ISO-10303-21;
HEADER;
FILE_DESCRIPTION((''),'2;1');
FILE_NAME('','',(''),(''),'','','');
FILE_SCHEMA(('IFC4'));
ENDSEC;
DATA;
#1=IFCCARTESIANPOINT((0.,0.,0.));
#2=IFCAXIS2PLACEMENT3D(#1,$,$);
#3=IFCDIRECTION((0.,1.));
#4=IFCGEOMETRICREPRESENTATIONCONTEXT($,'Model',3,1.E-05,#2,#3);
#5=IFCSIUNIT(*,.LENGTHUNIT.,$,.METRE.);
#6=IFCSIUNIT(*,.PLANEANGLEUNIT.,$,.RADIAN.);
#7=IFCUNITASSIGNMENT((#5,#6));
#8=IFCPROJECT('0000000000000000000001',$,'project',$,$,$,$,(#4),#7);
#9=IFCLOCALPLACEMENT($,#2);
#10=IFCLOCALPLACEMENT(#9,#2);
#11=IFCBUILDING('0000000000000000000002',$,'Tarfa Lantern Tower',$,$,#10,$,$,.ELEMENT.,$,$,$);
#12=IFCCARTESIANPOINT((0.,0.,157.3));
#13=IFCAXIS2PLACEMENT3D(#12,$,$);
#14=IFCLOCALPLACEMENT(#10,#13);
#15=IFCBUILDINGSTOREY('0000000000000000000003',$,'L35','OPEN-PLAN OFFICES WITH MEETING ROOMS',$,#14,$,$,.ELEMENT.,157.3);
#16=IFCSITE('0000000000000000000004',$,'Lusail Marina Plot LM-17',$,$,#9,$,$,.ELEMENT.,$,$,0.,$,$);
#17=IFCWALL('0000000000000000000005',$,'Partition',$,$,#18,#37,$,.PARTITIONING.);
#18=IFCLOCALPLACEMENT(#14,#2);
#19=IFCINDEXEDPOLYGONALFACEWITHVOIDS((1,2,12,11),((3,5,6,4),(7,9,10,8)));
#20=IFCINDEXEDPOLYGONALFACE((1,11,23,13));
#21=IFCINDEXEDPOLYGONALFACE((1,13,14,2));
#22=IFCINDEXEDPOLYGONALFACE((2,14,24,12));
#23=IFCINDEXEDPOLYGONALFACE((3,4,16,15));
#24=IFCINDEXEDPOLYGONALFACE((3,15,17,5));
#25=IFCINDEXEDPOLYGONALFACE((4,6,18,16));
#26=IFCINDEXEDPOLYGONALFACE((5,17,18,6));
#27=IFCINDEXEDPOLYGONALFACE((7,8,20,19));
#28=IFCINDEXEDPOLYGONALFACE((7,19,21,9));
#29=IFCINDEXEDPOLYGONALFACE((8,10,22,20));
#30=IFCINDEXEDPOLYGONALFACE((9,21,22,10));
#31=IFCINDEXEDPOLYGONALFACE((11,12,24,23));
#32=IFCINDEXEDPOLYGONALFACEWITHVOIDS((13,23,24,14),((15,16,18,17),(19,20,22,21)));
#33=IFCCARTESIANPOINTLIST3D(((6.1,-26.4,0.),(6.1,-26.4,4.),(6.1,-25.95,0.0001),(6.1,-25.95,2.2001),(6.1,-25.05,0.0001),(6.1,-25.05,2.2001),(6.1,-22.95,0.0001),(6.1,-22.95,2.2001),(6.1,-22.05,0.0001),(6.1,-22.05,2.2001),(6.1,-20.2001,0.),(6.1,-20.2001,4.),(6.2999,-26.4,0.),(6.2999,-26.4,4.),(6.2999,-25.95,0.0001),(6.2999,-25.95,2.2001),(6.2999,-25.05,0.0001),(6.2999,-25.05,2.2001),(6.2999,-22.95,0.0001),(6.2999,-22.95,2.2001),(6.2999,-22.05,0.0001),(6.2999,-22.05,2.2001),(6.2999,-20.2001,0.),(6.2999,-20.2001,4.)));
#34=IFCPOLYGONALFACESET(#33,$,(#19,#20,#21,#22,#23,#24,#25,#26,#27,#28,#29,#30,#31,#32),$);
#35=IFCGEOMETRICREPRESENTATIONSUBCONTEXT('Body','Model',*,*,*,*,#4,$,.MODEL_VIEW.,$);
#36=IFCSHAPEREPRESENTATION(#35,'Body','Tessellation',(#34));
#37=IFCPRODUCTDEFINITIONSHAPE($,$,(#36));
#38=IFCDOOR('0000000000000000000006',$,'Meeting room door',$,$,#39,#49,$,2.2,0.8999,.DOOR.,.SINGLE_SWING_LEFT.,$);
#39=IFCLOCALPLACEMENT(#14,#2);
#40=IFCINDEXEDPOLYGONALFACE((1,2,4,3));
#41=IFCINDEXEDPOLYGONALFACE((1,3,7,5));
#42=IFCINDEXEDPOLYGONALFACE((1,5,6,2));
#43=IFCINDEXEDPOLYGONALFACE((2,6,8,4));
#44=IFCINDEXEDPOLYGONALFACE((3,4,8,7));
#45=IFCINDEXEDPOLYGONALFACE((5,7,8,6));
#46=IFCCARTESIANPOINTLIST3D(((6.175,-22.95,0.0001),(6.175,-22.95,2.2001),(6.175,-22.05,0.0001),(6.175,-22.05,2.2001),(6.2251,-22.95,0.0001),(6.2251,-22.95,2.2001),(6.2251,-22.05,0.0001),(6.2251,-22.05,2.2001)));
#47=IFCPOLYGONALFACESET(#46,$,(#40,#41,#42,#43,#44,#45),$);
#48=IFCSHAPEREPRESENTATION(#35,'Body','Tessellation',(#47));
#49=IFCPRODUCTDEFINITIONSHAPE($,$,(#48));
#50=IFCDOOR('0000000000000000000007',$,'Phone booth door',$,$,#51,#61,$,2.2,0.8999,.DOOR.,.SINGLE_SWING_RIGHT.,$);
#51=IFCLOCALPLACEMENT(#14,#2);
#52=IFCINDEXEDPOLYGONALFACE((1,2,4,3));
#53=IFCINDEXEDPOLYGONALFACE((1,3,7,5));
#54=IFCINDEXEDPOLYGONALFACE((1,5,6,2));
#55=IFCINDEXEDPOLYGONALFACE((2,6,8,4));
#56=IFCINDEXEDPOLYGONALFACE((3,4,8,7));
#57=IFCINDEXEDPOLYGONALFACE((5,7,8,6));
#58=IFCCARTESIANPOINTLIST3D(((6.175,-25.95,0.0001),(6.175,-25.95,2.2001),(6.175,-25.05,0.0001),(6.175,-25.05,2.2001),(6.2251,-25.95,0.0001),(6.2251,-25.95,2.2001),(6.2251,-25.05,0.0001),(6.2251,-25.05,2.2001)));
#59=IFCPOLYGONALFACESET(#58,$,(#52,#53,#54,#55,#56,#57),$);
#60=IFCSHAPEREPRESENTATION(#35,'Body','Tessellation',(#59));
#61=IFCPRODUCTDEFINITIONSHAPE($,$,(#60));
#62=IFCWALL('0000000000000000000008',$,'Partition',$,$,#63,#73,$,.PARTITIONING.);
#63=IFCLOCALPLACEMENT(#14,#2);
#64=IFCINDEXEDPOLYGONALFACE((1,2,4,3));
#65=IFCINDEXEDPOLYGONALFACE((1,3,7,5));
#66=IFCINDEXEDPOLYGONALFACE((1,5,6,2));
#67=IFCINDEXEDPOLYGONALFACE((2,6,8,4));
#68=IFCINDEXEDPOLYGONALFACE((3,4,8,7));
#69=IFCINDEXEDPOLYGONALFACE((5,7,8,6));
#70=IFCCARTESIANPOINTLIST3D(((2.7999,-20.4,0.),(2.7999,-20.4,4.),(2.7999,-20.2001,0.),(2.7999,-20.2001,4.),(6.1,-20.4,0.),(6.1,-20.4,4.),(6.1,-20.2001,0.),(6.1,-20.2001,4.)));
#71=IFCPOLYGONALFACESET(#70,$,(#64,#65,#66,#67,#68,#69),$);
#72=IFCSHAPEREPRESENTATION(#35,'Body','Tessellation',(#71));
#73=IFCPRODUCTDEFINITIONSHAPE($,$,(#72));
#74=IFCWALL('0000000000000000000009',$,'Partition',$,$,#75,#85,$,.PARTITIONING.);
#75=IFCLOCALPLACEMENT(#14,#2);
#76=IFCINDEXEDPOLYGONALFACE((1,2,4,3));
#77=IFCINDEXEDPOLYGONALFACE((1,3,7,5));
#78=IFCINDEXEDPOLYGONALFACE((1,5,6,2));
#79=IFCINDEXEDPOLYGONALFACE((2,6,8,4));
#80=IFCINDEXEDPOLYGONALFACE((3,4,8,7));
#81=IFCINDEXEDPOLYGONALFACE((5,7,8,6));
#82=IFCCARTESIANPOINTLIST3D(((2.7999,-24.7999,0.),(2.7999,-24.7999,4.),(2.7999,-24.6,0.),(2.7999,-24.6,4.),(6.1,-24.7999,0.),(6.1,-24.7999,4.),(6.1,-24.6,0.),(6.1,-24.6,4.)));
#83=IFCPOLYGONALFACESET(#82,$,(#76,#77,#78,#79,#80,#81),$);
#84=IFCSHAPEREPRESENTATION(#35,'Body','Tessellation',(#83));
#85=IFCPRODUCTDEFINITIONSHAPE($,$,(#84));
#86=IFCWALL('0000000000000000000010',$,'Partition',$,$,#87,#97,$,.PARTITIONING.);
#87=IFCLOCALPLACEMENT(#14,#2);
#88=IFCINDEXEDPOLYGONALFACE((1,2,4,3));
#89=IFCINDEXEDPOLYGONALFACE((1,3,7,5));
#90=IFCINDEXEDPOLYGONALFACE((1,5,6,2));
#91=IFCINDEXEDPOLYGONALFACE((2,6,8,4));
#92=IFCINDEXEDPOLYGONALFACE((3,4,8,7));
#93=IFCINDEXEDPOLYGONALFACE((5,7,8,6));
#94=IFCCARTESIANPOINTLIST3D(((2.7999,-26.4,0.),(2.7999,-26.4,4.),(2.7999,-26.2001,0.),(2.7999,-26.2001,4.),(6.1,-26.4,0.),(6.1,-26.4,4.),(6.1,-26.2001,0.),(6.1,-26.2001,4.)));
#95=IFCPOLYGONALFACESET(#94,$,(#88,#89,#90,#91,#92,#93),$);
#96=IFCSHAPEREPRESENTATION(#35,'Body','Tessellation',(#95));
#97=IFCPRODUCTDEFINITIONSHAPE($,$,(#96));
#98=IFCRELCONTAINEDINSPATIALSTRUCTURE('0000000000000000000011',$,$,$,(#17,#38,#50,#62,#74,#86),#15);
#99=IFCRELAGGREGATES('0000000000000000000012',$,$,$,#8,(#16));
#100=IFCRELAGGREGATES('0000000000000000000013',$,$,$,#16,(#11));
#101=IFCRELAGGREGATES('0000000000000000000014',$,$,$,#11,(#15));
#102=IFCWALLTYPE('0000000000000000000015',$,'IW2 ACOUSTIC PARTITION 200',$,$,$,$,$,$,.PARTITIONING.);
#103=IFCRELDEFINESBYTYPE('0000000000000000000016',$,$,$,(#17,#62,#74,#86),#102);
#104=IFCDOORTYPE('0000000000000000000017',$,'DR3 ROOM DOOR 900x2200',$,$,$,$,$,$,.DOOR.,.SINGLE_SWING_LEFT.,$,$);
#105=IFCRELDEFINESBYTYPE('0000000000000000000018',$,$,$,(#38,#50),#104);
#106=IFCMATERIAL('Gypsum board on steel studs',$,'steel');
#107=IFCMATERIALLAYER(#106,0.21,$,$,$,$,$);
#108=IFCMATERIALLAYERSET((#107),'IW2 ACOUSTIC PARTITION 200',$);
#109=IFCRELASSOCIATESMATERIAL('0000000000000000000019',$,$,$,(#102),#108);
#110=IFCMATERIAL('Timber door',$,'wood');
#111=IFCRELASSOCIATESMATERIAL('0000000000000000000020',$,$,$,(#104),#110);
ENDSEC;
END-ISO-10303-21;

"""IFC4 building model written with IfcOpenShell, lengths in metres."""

from ifc_helpers import new_model, si_unit, direction, frame, frame_2d, origin, place, context, subcontext, project, spatial, rectangle, extrude, material, layer, layer_set, type_object, element, fill, save


model = new_model("IFC4")

# Units and contexts
model_context = context("Model", 3, precision=1e-05, world=origin(), true_north=direction((0.0, 1.0)))
body_context = subcontext(model_context, "Body", "Model", "MODEL_VIEW")
ifc_project = project(units=[si_unit("LENGTHUNIT", "METRE"), si_unit("PLANEANGLEUNIT", "RADIAN")], contexts=[model_context])

# Site, building, storey
site_placement = place(None, origin())
site = spatial("IfcSite", under=ifc_project, at=site_placement, Name="Lusail Marina Plot LM-17", CompositionType="ELEMENT", RefElevation=0.0)
building_placement = place(site_placement, origin())
building = spatial("IfcBuilding", under=site, at=building_placement, Name="Tarfa Lantern Tower", CompositionType="ELEMENT")
storey_placement = place(building_placement, frame((0.0, 0.0, 157.3)))
storey = spatial("IfcBuildingStorey", under=building, at=storey_placement, Name="L35", Description="OPEN-PLAN OFFICES WITH MEETING ROOMS", CompositionType="ELEMENT", Elevation=157.3)

# Wall, openings, doors
ifc_material_1 = material(Name="Gypsum board on steel studs", Category="steel")
ifc_layer_1 = layer(ifc_material_1, 0.21)
ifc_layer_set_1 = layer_set([ifc_layer_1], Name="IW2 ACOUSTIC PARTITION 200")
wall_type_1 = type_object("IfcWallType", Name="IW2 ACOUSTIC PARTITION 200", PredefinedType="PARTITIONING", material=ifc_layer_set_1)
wall_1_placement = place(storey_placement, frame((6.2, -20.2, 0.0), z_axis=(0.0, 0.0, 1.0), x_axis=(0.0, -1.0, 0.0)))
wall_1 = element("IfcWall", 1, at=wall_1_placement, inside=storey, type_object=wall_type_1, Name="Partition", PredefinedType="PARTITIONING", context=body_context, shape_type="SweptSolid", body=[
    extrude(rectangle(XDim=6.2, YDim=0.2, at=frame_2d((3.1001, 0.0))), origin(), (0.0, 0.0, 1.0), 4.0),
])
opening_1_placement = place(wall_1_placement, frame((1.8501, 0.0, 0.0)))
opening_1 = element("IfcOpeningElement", 2, at=opening_1_placement, cuts=wall_1, PredefinedType="OPENING", context=body_context, shape_type="SweptSolid", body=[
    extrude(rectangle(XDim=0.8999, YDim=2.2, at=frame_2d((0.45, 1.1001))), frame((0.0, 0.1099, 0.0), z_axis=(0.0, -1.0, 0.0), x_axis=(1.0, 0.0, 0.0)), (0.0, 0.0, 1.0), 0.22),
])
opening_2_placement = place(wall_1_placement, frame((4.8501, 0.0, 0.0)))
opening_2 = element("IfcOpeningElement", 3, at=opening_2_placement, cuts=wall_1, PredefinedType="OPENING", context=body_context, shape_type="SweptSolid", body=[
    extrude(rectangle(XDim=0.8999, YDim=2.2, at=frame_2d((0.45, 1.1001))), frame((0.0, 0.1099, 0.0), z_axis=(0.0, -1.0, 0.0), x_axis=(1.0, 0.0, 0.0)), (0.0, 0.0, 1.0), 0.22),
])
ifc_material_2 = material(Name="Timber door", Category="wood")
door_type = type_object("IfcDoorType", Name="DR3 ROOM DOOR 900x2200", OperationType="SINGLE_SWING_LEFT", PredefinedType="DOOR", material=ifc_material_2)
door_1_placement = place(opening_1_placement, frame((0.8999, 0.0, 0.0), z_axis=(0.0, 0.0, 1.0), x_axis=(-1.0, 0.0, 0.0)))
door_1 = element("IfcDoor", 4, at=door_1_placement, inside=storey, type_object=door_type, Name="Meeting room door", OperationType="SINGLE_SWING_LEFT", OverallHeight=2.2, OverallWidth=0.8999, PredefinedType="DOOR", context=body_context, shape_type="SweptSolid", body=[
    extrude(rectangle(XDim=0.8999, YDim=2.2, at=frame_2d((0.45, 1.1001))), frame((0.0, 0.0249, 0.0), z_axis=(0.0, -1.0, 0.0), x_axis=(1.0, 0.0, 0.0)), (0.0, 0.0, 1.0), 0.05),
])
fill(opening_1, door_1)
door_2_placement = place(opening_2_placement, frame((0.8999, 0.0, 0.0), z_axis=(0.0, 0.0, 1.0), x_axis=(-1.0, 0.0, 0.0)))
door_2 = element("IfcDoor", 5, at=door_2_placement, inside=storey, type_object=door_type, Name="Phone booth door", OperationType="SINGLE_SWING_RIGHT", OverallHeight=2.2, OverallWidth=0.8999, PredefinedType="DOOR", context=body_context, shape_type="SweptSolid", body=[
    extrude(rectangle(XDim=0.8999, YDim=2.2, at=frame_2d((0.45, 1.1001))), frame((0.0, 0.0249, 0.0), z_axis=(0.0, -1.0, 0.0), x_axis=(1.0, 0.0, 0.0)), (0.0, 0.0, 1.0), 0.05),
])
fill(opening_2, door_2)

# Walls
for number, where, z_axis, x_axis, name in (
    (6, (2.8, -20.3, 0.0), (0.0, 0.0, 1.0), (1.0, 0.0, 0.0), "Partition"),
    (7, (2.8, -24.7, 0.0), (0.0, 0.0, 1.0), (1.0, 0.0, 0.0), "Partition"),
    (8, (2.8, -26.3, 0.0), (0.0, 0.0, 1.0), (1.0, 0.0, 0.0), "Partition"),
):
    element("IfcWall", number, at=place(storey_placement, frame(where, z_axis=z_axis, x_axis=x_axis)), inside=storey, type_object=wall_type_1, Name=name, PredefinedType="PARTITIONING", context=body_context, shape_type="SweptSolid", body=[
        extrude(rectangle(XDim=3.3, YDim=0.2, at=frame_2d((1.6499, 0.0))), origin(), (0.0, 0.0, 1.0), 4.0),
    ])

save(model, "model.ifc")
